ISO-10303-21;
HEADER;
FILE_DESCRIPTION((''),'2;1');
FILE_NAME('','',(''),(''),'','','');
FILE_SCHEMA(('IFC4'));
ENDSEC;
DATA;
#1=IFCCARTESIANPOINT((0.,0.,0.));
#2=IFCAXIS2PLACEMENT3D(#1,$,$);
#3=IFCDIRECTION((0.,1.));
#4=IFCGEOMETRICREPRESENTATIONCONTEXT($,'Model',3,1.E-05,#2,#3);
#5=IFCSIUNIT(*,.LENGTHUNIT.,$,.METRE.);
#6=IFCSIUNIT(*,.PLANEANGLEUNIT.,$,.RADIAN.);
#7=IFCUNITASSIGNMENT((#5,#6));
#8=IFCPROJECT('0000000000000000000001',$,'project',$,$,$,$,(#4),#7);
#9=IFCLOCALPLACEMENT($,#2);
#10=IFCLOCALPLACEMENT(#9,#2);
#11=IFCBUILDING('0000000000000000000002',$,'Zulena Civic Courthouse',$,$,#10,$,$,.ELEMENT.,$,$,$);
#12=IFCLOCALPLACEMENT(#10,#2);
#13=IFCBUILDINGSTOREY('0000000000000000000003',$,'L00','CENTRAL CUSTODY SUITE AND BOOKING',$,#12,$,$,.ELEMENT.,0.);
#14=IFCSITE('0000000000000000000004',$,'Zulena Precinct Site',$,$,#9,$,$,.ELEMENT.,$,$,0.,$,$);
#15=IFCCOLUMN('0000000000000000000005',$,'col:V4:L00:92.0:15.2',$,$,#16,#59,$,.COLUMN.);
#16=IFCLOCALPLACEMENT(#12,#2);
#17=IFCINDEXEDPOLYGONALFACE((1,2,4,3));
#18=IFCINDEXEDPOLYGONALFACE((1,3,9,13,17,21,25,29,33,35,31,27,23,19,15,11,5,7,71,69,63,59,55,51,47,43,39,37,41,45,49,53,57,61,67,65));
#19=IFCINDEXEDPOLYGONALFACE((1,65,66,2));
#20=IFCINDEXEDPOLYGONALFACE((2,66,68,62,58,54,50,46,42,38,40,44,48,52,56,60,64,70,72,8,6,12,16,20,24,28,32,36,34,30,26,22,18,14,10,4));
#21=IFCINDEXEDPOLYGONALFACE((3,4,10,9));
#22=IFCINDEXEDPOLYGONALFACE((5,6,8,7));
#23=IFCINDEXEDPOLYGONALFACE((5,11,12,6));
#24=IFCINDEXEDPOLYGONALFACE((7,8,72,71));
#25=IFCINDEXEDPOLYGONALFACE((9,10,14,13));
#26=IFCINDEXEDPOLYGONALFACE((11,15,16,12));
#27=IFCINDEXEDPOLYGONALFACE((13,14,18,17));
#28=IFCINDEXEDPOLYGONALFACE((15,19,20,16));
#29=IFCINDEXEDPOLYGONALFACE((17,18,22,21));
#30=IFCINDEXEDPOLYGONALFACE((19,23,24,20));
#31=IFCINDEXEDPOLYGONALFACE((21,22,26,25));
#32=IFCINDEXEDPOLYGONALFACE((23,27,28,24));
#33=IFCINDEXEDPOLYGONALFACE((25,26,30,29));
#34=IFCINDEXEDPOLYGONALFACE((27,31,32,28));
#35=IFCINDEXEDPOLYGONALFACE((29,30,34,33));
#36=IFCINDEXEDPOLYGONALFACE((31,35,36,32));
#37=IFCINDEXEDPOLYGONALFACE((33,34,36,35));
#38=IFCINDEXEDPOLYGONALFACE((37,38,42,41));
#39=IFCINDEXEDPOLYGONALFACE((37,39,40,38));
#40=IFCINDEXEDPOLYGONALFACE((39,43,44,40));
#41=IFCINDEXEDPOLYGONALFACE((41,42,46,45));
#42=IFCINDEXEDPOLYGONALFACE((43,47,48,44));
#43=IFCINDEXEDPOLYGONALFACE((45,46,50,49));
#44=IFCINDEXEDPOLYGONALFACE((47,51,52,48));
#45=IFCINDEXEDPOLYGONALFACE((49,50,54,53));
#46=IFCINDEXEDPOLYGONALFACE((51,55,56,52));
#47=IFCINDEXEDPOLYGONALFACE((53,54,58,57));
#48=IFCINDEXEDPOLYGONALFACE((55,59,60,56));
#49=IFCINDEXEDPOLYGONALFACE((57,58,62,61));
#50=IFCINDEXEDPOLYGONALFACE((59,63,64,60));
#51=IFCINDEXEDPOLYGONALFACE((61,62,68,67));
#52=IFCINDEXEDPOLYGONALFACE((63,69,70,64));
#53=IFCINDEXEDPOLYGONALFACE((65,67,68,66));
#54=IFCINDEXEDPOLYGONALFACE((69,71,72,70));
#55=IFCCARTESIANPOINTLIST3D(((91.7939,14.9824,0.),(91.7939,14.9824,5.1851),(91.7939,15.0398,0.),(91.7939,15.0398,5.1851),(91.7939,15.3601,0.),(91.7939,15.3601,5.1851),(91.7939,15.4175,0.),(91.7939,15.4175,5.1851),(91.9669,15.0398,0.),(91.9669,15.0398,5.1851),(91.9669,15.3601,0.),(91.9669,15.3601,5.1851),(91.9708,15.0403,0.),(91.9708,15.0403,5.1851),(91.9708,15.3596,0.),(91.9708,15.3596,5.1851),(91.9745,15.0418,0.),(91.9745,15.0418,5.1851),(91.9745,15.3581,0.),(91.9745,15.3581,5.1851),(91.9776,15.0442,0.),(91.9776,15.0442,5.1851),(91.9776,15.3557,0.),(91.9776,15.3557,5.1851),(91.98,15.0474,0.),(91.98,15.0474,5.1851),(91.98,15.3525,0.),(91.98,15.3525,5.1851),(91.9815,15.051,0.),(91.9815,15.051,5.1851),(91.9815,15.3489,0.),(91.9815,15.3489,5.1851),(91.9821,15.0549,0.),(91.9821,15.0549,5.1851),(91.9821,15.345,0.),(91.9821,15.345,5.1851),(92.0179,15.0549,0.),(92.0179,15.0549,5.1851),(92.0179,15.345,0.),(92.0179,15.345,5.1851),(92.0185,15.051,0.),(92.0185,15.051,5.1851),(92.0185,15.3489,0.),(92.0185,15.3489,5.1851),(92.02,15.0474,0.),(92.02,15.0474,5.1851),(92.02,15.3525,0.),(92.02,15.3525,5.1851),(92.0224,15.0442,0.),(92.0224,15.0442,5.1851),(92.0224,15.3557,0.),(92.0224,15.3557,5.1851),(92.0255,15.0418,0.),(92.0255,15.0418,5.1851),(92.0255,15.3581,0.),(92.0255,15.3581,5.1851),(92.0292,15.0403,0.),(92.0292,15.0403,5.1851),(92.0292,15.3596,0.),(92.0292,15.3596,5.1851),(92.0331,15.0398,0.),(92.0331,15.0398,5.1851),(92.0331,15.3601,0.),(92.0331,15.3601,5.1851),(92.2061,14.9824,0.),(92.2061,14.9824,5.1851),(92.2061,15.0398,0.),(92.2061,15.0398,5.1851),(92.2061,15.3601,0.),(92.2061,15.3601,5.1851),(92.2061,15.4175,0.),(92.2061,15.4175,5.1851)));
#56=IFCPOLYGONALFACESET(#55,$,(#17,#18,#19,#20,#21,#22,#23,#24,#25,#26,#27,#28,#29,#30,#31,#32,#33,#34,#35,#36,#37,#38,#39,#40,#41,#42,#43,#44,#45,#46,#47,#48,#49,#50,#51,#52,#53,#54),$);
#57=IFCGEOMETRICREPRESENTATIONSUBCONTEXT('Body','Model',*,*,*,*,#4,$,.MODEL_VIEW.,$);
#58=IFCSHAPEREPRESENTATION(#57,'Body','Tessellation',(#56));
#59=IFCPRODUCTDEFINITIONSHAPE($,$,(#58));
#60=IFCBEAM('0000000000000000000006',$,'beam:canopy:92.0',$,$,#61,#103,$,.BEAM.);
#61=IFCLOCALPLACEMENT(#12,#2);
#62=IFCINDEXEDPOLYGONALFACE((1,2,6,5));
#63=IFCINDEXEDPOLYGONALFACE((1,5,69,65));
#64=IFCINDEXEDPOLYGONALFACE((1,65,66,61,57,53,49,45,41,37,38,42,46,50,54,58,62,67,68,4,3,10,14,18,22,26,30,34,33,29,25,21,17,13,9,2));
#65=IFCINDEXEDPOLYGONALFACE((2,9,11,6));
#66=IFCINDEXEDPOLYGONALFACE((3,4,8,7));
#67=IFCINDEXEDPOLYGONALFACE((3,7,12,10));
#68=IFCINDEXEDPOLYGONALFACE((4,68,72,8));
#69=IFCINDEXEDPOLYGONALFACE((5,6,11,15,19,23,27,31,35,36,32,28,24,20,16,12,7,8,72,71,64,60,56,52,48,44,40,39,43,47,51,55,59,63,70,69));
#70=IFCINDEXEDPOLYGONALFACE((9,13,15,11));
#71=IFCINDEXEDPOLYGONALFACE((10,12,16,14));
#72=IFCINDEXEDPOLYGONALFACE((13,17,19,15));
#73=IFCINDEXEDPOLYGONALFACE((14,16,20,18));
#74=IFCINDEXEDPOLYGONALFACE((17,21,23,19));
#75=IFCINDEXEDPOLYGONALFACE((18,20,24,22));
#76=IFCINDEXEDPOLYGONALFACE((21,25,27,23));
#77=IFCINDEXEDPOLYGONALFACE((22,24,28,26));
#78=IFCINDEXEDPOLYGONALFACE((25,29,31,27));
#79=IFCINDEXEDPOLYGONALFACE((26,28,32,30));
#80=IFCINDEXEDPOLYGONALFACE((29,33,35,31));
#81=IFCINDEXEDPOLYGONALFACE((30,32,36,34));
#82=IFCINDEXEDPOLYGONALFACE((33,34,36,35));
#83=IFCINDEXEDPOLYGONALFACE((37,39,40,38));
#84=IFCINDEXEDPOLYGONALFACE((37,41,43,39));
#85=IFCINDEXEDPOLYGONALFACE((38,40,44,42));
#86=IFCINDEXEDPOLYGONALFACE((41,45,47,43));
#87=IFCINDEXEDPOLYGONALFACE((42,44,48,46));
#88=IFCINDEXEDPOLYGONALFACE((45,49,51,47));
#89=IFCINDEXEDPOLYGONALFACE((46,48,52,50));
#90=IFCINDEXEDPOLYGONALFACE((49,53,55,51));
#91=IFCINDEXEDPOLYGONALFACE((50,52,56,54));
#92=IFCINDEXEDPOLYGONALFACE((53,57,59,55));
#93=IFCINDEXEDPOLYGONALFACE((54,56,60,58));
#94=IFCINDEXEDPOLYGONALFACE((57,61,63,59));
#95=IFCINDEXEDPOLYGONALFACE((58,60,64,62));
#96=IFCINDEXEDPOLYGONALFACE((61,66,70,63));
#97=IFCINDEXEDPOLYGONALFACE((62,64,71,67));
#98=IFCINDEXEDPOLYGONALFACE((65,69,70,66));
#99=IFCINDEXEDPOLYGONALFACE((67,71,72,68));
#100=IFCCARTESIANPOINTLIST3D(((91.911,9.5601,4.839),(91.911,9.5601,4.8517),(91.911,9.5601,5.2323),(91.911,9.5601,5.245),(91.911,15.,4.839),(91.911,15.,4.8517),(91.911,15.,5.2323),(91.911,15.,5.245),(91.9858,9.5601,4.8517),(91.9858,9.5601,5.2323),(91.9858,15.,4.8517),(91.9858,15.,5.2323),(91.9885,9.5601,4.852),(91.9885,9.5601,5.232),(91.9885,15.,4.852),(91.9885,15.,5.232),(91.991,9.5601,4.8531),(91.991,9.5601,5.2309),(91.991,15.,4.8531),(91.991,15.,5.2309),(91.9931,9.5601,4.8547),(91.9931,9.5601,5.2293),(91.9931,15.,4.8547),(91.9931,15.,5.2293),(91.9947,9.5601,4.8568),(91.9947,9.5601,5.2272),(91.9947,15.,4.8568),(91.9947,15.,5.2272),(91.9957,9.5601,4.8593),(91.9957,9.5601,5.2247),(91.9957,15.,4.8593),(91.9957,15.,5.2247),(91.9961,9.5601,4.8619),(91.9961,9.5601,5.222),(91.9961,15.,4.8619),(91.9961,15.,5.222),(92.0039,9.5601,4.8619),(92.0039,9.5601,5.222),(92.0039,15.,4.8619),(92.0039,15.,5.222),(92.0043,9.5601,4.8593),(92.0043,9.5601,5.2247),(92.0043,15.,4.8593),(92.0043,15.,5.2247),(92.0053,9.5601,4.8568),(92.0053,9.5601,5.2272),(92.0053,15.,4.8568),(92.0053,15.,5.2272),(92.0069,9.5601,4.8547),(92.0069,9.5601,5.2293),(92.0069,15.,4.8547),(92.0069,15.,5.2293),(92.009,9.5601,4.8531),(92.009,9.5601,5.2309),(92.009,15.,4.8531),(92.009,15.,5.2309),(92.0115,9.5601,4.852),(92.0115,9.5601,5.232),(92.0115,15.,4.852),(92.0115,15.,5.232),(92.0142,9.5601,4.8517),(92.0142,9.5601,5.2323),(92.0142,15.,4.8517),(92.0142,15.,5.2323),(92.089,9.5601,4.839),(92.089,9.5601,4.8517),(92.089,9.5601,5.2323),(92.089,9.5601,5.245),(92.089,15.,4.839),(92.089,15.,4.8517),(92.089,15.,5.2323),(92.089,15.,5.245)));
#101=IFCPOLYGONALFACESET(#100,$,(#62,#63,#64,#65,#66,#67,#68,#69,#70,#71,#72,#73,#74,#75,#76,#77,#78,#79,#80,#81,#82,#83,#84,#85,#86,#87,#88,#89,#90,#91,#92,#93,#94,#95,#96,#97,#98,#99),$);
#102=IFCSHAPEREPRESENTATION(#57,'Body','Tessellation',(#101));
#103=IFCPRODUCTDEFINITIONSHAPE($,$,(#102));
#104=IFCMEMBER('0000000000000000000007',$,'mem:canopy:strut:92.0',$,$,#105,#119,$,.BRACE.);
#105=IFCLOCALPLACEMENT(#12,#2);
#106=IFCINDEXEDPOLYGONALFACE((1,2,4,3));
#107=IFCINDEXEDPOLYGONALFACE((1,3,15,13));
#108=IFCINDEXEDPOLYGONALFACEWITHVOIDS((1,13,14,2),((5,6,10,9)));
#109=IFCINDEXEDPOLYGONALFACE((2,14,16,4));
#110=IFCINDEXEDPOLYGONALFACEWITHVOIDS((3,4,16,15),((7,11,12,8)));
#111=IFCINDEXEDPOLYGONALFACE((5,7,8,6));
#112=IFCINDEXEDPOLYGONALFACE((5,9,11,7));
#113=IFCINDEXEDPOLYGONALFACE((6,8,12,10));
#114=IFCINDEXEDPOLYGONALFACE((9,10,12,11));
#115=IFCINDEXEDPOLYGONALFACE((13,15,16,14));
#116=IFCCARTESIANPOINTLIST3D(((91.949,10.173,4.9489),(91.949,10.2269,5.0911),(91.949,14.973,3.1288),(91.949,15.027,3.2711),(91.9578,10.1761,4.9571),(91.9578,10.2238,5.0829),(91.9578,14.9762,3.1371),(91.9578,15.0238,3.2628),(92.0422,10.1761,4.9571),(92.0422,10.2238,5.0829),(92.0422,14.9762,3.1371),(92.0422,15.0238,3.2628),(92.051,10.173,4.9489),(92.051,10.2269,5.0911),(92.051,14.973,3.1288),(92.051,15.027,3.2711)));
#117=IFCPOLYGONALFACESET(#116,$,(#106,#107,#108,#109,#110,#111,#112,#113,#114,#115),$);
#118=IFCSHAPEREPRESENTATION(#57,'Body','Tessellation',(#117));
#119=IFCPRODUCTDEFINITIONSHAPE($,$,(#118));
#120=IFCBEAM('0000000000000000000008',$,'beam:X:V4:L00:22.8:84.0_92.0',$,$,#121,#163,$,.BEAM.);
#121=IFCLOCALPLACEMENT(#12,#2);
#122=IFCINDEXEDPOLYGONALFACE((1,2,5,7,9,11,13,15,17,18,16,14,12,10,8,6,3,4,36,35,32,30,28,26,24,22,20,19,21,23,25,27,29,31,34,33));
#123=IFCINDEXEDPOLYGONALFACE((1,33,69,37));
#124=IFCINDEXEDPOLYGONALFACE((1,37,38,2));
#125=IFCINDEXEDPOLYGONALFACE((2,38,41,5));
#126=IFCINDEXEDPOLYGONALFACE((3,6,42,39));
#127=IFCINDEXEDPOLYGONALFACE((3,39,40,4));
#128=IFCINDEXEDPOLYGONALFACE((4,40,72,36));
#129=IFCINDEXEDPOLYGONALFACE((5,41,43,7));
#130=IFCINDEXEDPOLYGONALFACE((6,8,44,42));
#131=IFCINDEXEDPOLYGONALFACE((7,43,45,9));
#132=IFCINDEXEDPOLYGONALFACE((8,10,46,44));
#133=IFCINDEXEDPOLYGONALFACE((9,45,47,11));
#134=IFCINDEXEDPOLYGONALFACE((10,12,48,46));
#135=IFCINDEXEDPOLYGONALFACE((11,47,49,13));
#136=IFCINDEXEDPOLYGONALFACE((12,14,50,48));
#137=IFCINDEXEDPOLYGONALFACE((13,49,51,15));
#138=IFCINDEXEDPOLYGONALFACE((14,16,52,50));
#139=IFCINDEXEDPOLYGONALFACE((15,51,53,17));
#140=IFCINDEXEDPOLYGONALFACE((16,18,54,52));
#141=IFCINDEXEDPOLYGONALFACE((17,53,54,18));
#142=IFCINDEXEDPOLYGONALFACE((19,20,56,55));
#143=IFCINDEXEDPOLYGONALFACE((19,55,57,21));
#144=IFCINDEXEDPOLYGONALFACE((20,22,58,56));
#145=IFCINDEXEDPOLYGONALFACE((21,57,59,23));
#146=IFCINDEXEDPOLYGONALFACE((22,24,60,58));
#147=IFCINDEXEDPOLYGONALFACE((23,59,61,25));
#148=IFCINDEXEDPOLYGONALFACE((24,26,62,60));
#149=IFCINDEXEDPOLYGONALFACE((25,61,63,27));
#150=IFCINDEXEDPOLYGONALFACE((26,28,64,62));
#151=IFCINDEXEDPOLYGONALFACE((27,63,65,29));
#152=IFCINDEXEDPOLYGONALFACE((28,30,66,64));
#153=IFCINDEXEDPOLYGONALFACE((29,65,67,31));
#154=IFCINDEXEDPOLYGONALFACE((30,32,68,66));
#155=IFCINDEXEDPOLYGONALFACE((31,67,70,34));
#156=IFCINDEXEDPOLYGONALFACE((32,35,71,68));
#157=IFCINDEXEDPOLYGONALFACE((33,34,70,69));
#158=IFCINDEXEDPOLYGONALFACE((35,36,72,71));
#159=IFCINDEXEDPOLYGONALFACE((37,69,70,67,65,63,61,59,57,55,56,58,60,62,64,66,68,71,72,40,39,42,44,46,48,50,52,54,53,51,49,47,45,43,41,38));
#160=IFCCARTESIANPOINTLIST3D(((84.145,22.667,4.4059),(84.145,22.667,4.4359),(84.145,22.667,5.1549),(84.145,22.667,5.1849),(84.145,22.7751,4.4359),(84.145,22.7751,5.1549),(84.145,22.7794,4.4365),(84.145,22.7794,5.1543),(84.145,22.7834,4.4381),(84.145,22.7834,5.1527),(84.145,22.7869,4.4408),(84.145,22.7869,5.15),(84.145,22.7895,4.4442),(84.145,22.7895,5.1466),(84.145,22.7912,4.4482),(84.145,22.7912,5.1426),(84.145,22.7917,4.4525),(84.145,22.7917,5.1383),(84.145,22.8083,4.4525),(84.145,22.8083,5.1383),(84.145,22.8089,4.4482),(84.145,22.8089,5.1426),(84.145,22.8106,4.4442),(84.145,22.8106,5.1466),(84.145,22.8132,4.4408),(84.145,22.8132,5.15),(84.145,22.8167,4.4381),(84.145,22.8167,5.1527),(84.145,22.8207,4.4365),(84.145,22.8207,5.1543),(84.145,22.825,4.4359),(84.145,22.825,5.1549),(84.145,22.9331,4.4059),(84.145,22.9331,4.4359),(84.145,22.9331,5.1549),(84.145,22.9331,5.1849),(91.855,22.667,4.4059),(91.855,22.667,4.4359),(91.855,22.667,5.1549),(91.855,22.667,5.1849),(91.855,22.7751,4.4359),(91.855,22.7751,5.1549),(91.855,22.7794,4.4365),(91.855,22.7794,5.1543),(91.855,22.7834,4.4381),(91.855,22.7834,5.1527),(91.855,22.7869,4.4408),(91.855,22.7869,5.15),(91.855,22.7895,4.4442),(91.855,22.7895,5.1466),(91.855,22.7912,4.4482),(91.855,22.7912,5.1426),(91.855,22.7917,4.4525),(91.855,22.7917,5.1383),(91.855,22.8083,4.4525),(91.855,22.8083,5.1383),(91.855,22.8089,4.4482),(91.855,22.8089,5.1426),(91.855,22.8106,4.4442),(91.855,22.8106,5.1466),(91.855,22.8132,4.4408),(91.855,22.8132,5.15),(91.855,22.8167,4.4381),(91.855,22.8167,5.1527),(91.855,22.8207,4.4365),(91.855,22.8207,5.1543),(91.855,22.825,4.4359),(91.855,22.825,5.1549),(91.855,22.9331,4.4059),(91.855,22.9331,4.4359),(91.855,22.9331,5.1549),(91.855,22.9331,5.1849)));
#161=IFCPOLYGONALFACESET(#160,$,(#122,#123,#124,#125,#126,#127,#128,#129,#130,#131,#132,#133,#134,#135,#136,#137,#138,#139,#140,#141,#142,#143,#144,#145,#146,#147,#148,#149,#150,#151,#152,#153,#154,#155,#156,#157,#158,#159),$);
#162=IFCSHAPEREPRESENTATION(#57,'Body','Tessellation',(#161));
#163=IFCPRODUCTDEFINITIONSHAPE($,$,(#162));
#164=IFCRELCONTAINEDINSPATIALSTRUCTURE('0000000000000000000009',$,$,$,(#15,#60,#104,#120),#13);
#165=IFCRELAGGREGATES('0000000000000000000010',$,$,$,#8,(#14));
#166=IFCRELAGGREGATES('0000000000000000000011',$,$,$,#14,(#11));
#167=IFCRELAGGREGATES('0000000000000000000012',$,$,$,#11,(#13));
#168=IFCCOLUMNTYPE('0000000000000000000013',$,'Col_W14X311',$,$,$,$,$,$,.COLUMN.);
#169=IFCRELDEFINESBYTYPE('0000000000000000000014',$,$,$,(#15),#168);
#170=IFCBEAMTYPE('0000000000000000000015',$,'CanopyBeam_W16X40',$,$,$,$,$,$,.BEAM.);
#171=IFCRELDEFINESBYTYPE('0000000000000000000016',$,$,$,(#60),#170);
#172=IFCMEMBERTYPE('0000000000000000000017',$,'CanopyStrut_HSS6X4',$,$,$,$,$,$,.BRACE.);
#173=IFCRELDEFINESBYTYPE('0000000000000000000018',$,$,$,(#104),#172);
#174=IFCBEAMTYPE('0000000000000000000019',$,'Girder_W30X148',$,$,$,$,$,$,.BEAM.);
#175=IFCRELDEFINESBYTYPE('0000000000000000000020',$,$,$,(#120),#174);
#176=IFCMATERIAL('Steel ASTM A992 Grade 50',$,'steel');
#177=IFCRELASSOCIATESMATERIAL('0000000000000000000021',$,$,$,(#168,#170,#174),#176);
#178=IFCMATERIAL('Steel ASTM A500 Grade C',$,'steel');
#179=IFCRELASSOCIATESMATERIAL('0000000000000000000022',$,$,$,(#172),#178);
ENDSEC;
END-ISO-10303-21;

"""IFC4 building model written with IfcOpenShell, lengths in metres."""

from ifc_helpers import new_model, si_unit, direction, frame, origin, origin_2d, place, context, subcontext, project, spatial, hollow_rectangle, i_section, extrude, material, material_profile, profile_set, type_object, element, save


model = new_model("IFC4")

# Units and contexts
model_context = context("Model", 3, precision=1e-05, world=origin(), true_north=direction((0.0, 1.0)))
body_context = subcontext(model_context, "Body", "Model", "MODEL_VIEW")
ifc_project = project(units=[si_unit("LENGTHUNIT", "METRE"), si_unit("PLANEANGLEUNIT", "RADIAN")], contexts=[model_context])

# Site, building, storey
site_placement = place(None, origin())
site = spatial("IfcSite", under=ifc_project, at=site_placement, Name="Zulena Precinct Site", CompositionType="ELEMENT", RefElevation=0.0)
building_placement = place(site_placement, origin())
building = spatial("IfcBuilding", under=site, at=building_placement, Name="Zulena Civic Courthouse", CompositionType="ELEMENT")
storey_placement = place(building_placement, origin())
storey = spatial("IfcBuildingStorey", under=building, at=storey_placement, Name="L00", Description="CENTRAL CUSTODY SUITE AND BOOKING", CompositionType="ELEMENT", Elevation=0.0)

# Column
ifc_material_1 = material(Name="Steel ASTM A992 Grade 50", Category="steel")
ifc_material_profile_1 = material_profile(ifc_material_1, i_section(OverallWidth=0.4121, OverallDepth=0.4351, WebThickness=0.0359, FlangeThickness=0.0574, FilletRadius=0.0151, at=origin_2d()), Name="W14X311")
ifc_profile_set_1 = profile_set([ifc_material_profile_1], Name="Steel ASTM A992 Grade 50")
column_type_1 = type_object("IfcColumnType", Name="Col_W14X311", PredefinedType="COLUMN", material=ifc_profile_set_1)
column_1_placement = place(storey_placement, frame((92.0, 15.2, 0.0), z_axis=(0.0, 0.0, 1.0), x_axis=(1.0, 0.0, 0.0)))
element("IfcColumn", 1, at=column_1_placement, inside=storey, type_object=column_type_1, Name="col:V4:L00:92.0:15.2", PredefinedType="COLUMN", context=body_context, shape_type="SweptSolid", body=[
    extrude(i_section(OverallWidth=0.4121, OverallDepth=0.4351, WebThickness=0.0359, FlangeThickness=0.0574, FilletRadius=0.0151, at=origin_2d()), origin(), (0.0, 0.0, 1.0), 5.1851),
])

# Beam
ifc_material_profile_2 = material_profile(ifc_material_1, i_section(OverallWidth=0.178, OverallDepth=0.406, WebThickness=0.0078, FlangeThickness=0.0127, FilletRadius=0.0103, at=origin_2d()), Name="W16X40")
ifc_profile_set_2 = profile_set([ifc_material_profile_2], Name="Steel ASTM A992 Grade 50")
beam_type_1 = type_object("IfcBeamType", Name="CanopyBeam_W16X40", PredefinedType="BEAM", material=ifc_profile_set_2)
beam_1_placement = place(storey_placement, frame((92.0, 9.5601, 5.042), z_axis=(0.0, 1.0, 0.0), x_axis=(-1.0, 0.0, 0.0)))
element("IfcBeam", 2, at=beam_1_placement, inside=storey, type_object=beam_type_1, Name="beam:canopy:92.0", PredefinedType="BEAM", context=body_context, shape_type="SweptSolid", body=[
    extrude(i_section(OverallWidth=0.178, OverallDepth=0.406, WebThickness=0.0078, FlangeThickness=0.0127, FilletRadius=0.0103, at=origin_2d()), origin(), (0.0, 0.0, 1.0), 5.4399),
])

# Member
ifc_material_2 = material(Name="Steel ASTM A500 Grade C", Category="steel")
ifc_material_profile_3 = material_profile(ifc_material_2, hollow_rectangle(XDim=0.1021, YDim=0.1521, WallThickness=0.0088, at=origin_2d()), Name="HSS6X4X3/8")
ifc_profile_set_3 = profile_set([ifc_material_profile_3], Name="Steel ASTM A500 Grade C")
member_type = type_object("IfcMemberType", Name="CanopyStrut_HSS6X4", PredefinedType="BRACE", material=ifc_profile_set_3)
member_placement = place(storey_placement, frame((92.0, 15.0, 3.2), z_axis=(0.0, -0.935039, 0.354545), x_axis=(1.0, 0.0, 0.0)))
element("IfcMember", 3, at=member_placement, inside=storey, type_object=member_type, Name="mem:canopy:strut:92.0", PredefinedType="BRACE", context=body_context, shape_type="SweptSolid", body=[
    extrude(hollow_rectangle(XDim=0.1021, YDim=0.1521, WallThickness=0.0088, at=origin_2d()), origin(), (0.0, 0.0, 1.0), 5.1335),
])

# Beam
ifc_material_profile_4 = material_profile(ifc_material_1, i_section(OverallWidth=0.2661, OverallDepth=0.7791, WebThickness=0.0166, FlangeThickness=0.03, FilletRadius=0.0166, at=origin_2d()), Name="W30X148")
ifc_profile_set_4 = profile_set([ifc_material_profile_4], Name="Steel ASTM A992 Grade 50")
beam_type_2 = type_object("IfcBeamType", Name="Girder_W30X148", PredefinedType="BEAM", material=ifc_profile_set_4)
beam_2_placement = place(storey_placement, frame((84.145, 22.8, 4.7954), z_axis=(1.0, 0.0, 0.0), x_axis=(0.0, 1.0, 0.0)))
element("IfcBeam", 4, at=beam_2_placement, inside=storey, type_object=beam_type_2, Name="beam:X:V4:L00:22.8:84.0_92.0", PredefinedType="BEAM", context=body_context, shape_type="SweptSolid", body=[
    extrude(i_section(OverallWidth=0.2661, OverallDepth=0.7791, WebThickness=0.0166, FlangeThickness=0.03, FilletRadius=0.0166, at=origin_2d()), origin(), (0.0, 0.0, 1.0), 7.71),
])

save(model, "model.ifc")
